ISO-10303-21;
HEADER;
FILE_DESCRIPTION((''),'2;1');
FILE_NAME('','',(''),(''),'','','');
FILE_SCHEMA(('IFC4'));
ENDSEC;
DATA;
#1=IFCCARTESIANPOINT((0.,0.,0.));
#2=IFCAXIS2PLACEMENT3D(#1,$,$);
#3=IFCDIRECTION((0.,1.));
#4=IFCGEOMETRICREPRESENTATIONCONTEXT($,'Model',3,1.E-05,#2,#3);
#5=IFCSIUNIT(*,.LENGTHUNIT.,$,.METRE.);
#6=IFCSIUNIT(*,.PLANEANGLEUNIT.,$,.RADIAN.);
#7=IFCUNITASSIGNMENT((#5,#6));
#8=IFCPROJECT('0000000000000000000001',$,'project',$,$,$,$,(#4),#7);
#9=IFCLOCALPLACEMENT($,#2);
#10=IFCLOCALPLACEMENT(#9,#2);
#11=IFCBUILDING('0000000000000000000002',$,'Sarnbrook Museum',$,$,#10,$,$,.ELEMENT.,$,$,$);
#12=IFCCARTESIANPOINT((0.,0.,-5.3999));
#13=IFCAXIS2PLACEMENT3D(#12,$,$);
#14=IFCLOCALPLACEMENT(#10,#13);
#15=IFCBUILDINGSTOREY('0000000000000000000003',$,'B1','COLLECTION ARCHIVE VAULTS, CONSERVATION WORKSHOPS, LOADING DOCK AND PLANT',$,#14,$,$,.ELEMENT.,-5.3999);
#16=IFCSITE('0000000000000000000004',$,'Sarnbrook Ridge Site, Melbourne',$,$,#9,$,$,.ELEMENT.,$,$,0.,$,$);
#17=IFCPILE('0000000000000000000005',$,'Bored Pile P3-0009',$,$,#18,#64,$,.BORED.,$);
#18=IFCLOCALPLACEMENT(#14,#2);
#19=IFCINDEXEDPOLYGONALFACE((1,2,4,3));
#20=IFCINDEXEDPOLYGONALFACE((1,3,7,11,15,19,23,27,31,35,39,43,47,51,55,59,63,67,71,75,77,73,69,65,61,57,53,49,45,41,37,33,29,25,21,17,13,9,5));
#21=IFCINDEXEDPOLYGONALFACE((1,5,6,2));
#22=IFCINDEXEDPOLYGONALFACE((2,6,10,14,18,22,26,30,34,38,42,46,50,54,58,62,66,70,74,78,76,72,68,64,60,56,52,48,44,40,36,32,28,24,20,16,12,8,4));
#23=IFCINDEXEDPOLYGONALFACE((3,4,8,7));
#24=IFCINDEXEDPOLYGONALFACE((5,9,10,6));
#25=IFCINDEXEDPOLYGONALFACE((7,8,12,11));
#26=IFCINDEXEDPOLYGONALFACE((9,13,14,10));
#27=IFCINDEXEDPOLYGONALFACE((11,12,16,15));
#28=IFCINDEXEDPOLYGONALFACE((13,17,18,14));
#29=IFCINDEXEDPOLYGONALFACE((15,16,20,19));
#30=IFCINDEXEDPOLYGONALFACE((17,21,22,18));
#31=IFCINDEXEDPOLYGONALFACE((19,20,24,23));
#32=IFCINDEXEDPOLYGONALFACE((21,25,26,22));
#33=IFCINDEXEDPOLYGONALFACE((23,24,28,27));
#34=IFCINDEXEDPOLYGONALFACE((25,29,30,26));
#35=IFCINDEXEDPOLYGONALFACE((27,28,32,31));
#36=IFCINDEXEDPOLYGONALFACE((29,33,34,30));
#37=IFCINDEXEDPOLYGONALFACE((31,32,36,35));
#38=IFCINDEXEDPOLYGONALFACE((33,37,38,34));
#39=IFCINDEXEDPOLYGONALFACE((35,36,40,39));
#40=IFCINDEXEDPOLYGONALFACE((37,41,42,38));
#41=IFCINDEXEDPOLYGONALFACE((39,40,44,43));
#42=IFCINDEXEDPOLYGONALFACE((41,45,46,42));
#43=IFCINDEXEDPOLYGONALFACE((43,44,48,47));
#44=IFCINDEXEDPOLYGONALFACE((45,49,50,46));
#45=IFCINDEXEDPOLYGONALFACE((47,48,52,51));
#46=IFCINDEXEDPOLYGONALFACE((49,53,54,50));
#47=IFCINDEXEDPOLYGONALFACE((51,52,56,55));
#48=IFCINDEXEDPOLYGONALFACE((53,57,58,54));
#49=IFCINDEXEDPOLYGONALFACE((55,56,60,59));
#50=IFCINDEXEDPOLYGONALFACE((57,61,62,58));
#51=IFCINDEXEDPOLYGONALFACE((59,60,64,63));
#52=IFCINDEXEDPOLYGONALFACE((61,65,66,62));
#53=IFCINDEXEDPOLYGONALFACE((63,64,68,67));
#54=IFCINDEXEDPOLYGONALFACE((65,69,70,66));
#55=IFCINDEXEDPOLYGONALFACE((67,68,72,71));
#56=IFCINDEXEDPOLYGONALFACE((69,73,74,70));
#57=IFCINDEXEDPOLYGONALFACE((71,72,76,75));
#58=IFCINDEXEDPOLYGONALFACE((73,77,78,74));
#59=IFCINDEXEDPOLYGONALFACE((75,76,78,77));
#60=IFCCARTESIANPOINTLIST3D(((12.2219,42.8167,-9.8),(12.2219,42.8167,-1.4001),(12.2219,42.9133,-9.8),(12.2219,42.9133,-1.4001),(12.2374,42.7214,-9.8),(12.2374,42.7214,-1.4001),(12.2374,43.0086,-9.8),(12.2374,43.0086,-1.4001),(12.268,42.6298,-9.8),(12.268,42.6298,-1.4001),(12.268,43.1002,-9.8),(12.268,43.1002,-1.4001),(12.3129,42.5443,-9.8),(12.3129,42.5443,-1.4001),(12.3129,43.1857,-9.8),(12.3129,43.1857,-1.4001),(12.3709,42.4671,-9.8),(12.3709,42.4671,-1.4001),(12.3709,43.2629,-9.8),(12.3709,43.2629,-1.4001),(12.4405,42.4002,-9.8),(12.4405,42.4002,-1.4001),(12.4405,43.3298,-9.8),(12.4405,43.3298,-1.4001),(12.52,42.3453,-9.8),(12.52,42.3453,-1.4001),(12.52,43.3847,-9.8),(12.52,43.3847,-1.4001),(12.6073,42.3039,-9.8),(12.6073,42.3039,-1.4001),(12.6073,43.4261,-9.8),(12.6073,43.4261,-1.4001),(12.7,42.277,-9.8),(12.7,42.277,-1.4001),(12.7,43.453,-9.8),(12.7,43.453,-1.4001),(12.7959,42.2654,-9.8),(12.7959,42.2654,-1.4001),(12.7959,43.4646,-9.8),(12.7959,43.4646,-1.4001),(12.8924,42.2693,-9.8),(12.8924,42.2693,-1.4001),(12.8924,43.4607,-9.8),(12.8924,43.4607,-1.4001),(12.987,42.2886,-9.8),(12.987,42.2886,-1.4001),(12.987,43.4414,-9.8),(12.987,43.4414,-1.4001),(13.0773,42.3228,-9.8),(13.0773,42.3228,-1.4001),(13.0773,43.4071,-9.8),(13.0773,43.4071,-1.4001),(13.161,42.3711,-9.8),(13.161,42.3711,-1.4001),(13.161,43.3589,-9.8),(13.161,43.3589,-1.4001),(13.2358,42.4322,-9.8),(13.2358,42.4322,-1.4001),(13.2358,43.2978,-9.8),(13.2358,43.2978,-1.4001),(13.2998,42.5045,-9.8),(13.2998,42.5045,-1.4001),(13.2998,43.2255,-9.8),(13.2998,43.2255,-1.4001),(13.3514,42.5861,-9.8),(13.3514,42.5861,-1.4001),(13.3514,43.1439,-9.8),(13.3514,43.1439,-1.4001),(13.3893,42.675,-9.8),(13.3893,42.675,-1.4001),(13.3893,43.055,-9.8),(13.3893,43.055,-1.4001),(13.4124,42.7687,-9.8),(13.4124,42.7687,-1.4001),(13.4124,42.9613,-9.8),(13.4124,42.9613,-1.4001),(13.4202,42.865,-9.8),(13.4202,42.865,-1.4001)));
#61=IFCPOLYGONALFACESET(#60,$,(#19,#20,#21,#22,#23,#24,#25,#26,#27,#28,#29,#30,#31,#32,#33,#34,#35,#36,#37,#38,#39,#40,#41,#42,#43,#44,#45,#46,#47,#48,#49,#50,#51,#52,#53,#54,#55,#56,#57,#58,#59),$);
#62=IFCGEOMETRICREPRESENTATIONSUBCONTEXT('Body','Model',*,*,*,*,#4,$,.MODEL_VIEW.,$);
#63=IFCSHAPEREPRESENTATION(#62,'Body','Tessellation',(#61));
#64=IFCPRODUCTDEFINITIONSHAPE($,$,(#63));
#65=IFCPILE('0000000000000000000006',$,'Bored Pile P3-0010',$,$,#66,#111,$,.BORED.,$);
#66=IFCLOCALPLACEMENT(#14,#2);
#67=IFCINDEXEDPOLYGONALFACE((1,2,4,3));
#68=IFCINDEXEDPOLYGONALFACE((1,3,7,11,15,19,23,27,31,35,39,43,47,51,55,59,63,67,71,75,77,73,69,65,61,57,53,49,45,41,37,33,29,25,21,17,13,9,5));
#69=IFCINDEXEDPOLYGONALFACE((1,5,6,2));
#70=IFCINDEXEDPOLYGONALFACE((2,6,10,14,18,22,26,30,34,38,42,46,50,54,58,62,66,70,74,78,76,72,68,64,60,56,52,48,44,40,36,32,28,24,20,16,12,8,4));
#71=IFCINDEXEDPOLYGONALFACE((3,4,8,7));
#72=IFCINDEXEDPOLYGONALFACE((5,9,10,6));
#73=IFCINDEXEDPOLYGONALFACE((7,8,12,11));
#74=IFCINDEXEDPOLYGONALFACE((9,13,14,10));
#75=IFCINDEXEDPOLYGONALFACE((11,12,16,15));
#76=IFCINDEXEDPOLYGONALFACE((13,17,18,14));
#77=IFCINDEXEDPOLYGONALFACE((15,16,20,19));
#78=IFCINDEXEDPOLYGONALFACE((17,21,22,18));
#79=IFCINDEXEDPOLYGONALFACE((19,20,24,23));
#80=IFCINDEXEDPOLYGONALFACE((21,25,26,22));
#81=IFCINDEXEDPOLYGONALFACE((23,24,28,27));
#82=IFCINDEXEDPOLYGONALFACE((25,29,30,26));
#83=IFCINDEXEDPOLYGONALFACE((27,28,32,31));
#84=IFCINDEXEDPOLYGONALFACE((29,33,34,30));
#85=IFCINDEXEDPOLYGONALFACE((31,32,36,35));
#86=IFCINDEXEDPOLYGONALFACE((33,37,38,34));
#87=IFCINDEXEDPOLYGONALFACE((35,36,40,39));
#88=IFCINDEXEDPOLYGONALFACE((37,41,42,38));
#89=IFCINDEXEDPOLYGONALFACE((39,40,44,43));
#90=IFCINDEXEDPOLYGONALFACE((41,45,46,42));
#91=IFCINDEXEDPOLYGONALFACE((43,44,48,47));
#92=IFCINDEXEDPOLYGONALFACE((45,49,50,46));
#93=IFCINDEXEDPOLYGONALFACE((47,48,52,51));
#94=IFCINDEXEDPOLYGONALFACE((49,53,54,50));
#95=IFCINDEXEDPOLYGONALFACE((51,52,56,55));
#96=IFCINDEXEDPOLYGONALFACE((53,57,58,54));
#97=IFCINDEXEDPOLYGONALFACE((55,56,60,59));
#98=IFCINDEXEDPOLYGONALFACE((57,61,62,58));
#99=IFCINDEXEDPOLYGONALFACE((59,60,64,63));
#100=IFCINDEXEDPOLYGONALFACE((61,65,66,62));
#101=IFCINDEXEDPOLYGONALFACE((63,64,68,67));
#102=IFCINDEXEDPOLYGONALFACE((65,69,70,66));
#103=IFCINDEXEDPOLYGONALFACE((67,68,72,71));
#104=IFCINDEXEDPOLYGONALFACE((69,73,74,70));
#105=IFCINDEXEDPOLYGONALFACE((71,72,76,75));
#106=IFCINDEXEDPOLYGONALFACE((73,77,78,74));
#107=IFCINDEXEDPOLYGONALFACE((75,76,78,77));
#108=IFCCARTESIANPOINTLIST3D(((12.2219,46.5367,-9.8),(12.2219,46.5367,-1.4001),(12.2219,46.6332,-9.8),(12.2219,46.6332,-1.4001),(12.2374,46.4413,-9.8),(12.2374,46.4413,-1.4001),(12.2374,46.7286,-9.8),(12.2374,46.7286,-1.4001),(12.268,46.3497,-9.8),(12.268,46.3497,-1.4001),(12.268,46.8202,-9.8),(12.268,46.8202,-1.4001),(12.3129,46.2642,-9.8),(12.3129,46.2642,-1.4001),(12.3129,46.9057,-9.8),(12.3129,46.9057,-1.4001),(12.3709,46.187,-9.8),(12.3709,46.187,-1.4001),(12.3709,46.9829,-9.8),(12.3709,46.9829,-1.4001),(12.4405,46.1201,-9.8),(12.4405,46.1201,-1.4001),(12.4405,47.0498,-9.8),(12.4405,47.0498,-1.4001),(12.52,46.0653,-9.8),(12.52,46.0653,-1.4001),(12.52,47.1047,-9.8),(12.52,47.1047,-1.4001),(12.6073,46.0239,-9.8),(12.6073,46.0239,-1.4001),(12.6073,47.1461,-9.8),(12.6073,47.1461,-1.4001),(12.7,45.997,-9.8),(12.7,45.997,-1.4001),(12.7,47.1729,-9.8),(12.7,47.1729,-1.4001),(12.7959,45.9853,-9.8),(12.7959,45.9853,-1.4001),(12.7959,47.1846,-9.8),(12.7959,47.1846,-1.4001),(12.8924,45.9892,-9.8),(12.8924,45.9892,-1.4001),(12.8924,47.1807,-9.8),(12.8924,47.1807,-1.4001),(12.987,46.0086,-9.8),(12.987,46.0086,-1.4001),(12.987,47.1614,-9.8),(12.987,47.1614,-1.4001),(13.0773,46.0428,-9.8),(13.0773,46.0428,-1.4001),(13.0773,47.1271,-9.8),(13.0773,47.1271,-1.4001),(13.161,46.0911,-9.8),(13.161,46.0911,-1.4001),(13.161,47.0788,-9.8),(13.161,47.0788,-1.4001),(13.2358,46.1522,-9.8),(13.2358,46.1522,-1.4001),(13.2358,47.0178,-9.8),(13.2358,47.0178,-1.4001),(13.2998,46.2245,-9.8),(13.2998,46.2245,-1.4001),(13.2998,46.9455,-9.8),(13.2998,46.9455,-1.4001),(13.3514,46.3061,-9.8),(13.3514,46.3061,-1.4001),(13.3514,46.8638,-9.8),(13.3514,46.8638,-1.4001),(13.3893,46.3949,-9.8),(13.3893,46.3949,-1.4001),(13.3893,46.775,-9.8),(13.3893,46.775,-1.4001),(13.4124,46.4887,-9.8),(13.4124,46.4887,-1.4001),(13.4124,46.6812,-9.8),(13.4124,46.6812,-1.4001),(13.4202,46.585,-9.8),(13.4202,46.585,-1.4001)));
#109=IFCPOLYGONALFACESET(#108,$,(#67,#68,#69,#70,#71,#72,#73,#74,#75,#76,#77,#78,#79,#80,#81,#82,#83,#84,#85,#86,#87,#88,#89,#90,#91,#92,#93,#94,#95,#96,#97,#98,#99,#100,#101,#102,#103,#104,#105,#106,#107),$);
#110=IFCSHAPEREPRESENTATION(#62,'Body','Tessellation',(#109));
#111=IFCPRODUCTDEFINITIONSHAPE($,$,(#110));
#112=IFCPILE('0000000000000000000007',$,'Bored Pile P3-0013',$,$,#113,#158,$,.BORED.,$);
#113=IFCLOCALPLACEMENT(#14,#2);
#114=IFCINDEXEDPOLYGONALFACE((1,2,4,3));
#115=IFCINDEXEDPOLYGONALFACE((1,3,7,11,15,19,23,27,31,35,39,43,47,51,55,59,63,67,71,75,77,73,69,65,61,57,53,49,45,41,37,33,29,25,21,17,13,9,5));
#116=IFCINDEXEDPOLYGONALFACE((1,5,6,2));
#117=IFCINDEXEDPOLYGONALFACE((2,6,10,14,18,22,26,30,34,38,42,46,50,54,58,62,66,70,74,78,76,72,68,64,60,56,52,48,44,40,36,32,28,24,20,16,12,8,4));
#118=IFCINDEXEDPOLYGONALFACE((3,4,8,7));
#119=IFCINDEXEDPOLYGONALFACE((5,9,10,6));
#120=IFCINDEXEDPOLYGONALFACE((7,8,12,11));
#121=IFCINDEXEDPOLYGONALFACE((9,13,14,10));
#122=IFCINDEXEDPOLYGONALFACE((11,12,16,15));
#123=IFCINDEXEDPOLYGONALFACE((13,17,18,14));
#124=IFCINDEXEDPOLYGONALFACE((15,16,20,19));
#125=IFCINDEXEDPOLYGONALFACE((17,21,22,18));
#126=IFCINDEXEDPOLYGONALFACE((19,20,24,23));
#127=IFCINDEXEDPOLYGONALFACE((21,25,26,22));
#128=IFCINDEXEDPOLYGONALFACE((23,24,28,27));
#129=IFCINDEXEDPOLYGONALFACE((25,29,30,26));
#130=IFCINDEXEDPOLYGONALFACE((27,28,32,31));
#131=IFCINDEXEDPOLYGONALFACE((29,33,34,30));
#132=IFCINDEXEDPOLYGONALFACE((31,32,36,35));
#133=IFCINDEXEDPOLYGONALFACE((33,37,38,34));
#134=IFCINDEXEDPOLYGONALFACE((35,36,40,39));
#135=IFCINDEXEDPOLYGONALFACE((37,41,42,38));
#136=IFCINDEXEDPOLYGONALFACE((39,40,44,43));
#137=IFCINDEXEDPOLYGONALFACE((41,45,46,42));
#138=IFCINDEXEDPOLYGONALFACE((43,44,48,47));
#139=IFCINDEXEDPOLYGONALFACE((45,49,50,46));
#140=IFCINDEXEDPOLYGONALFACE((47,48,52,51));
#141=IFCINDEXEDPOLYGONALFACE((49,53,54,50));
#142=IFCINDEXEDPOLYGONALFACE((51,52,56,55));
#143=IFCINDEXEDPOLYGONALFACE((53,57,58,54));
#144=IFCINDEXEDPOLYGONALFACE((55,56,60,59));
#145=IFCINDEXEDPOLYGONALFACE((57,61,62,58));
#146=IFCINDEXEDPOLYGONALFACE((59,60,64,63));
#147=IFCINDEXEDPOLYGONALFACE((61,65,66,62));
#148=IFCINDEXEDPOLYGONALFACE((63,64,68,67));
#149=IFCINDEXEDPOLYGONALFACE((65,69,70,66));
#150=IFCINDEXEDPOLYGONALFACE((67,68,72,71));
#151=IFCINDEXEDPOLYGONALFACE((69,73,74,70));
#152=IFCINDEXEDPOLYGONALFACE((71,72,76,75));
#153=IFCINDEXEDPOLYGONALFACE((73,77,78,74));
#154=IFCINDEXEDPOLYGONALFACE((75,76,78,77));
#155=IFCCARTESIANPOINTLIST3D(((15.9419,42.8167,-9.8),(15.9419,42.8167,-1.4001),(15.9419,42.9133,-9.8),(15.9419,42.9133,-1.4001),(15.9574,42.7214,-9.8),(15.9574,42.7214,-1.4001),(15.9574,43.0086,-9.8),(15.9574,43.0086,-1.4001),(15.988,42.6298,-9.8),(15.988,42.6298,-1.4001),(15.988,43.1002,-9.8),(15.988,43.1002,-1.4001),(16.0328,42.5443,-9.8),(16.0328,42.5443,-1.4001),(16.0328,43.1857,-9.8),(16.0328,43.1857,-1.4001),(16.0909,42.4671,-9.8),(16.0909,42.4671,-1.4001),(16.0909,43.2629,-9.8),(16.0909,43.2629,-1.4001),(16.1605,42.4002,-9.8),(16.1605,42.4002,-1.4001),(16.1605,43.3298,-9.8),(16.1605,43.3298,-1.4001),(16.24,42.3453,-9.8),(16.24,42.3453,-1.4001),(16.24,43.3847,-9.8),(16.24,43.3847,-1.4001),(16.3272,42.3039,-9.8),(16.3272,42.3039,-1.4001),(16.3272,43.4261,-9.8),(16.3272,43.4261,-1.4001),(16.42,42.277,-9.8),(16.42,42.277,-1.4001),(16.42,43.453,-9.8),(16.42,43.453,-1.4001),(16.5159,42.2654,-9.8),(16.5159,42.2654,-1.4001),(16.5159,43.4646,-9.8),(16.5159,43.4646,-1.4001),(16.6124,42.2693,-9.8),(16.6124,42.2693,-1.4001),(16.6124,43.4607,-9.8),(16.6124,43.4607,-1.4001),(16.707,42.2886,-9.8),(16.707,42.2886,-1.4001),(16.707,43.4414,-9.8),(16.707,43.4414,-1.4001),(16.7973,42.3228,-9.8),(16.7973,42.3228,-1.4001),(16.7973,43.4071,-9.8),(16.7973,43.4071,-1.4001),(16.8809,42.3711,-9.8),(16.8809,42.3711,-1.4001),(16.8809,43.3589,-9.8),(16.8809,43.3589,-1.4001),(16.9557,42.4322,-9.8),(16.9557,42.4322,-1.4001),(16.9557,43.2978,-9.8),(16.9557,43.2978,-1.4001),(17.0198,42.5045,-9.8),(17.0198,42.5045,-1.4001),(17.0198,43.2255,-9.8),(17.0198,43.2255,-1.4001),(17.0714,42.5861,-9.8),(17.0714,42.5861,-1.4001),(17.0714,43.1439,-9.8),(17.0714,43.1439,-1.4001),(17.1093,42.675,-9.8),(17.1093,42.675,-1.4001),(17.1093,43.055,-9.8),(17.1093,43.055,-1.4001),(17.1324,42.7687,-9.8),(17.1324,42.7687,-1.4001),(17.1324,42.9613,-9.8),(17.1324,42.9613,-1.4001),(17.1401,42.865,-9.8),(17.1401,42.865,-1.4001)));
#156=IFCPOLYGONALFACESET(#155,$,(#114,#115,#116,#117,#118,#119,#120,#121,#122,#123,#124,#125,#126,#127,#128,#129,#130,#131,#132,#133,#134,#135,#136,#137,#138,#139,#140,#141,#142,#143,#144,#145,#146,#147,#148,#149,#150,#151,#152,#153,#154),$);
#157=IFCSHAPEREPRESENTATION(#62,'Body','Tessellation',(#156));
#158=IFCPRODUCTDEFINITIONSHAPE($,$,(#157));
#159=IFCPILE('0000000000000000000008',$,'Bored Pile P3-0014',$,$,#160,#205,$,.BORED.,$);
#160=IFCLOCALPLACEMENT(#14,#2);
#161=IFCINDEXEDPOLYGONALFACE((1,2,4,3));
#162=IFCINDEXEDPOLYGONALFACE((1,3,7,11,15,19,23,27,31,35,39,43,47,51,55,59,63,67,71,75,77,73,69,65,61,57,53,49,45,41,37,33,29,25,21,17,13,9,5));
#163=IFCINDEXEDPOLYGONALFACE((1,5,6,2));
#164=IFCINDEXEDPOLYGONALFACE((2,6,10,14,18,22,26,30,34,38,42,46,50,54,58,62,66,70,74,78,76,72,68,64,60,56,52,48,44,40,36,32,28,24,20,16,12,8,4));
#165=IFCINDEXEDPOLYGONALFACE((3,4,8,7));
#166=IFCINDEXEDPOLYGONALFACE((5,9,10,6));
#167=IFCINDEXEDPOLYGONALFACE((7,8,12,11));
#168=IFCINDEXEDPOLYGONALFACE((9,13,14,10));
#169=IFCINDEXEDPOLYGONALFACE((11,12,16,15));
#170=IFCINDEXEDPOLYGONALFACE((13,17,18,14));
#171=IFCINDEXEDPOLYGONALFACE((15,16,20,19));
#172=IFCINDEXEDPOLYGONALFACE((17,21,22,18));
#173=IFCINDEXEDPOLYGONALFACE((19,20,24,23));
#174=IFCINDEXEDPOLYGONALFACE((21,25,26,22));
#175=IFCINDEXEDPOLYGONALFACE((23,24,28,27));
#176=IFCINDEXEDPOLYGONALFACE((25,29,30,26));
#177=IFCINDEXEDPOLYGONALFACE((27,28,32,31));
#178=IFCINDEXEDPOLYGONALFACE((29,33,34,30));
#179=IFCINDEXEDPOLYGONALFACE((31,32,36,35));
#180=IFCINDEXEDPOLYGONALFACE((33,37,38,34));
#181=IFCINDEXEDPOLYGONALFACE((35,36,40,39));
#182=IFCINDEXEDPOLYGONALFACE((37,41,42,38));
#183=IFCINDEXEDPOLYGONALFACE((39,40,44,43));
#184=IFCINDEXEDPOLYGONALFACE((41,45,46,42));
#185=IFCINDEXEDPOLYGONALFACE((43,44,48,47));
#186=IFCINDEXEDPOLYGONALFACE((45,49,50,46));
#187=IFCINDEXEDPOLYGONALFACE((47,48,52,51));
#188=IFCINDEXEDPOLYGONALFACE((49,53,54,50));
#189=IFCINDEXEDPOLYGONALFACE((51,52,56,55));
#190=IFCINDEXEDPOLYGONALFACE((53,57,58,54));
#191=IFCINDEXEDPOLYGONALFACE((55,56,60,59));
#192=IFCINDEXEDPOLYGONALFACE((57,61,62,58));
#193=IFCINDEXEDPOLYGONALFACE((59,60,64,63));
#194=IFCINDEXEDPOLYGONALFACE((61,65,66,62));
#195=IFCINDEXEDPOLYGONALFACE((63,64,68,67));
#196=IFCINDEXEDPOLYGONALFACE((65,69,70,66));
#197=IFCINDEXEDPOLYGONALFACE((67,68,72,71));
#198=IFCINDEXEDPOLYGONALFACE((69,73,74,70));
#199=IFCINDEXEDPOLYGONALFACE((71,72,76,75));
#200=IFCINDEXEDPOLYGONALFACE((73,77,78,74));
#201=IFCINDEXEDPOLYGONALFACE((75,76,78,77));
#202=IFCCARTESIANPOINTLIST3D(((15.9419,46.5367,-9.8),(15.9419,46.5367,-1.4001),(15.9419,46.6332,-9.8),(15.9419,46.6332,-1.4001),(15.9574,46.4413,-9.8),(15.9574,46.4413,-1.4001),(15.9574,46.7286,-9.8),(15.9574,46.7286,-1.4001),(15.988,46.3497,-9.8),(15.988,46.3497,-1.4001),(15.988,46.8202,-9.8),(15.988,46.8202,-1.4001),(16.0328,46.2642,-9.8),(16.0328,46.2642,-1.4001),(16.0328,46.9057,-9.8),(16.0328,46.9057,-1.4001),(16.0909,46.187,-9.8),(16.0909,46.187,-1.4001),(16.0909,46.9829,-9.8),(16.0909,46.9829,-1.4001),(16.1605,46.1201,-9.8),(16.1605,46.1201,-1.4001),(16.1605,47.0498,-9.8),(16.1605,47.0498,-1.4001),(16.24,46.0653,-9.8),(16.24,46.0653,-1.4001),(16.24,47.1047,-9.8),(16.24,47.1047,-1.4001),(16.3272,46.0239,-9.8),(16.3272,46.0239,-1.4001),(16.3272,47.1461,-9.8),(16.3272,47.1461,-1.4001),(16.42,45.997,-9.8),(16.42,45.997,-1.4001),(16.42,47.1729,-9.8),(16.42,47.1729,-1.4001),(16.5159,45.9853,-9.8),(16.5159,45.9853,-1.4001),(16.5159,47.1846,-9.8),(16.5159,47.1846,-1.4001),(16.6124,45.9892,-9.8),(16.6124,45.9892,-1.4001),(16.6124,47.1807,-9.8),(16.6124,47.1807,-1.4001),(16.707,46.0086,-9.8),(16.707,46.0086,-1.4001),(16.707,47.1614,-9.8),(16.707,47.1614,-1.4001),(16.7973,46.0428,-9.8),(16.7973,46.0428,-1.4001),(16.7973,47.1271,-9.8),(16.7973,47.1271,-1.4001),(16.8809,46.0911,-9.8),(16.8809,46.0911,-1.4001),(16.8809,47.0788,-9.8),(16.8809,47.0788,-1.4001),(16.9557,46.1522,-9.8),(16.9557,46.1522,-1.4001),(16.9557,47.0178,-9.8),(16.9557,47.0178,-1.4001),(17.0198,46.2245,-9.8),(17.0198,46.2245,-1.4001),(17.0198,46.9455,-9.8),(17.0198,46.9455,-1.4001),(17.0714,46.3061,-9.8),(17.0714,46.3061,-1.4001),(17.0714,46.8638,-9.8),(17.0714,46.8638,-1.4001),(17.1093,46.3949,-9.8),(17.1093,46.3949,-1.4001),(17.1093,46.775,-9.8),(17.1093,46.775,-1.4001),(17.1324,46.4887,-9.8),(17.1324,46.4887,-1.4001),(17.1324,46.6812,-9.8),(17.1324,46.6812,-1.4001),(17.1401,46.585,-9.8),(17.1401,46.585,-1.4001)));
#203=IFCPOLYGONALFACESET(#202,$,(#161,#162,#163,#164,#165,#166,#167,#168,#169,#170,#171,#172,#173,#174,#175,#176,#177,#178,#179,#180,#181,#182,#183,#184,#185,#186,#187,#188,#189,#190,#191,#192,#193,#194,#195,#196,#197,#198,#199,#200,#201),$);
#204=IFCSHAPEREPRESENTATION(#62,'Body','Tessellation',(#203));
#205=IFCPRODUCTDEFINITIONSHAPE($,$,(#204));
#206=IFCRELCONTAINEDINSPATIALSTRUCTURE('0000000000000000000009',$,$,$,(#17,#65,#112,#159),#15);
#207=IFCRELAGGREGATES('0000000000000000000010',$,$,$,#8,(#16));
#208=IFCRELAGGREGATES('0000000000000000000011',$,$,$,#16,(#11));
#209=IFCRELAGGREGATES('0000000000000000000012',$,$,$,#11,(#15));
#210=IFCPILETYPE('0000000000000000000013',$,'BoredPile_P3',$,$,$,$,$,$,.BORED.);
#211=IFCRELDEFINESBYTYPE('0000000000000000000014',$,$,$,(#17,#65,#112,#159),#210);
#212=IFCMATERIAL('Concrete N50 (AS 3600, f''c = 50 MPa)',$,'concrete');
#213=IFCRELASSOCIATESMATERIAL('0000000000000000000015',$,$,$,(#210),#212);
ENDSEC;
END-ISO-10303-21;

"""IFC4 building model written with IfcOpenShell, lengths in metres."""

from ifc_helpers import new_model, si_unit, direction, frame, origin, origin_2d, place, context, subcontext, project, spatial, circle, extrude, material, material_profile, profile_set, type_object, element, save


model = new_model("IFC4")

# Units and contexts
model_context = context("Model", 3, precision=1e-05, world=origin(), true_north=direction((0.0, 1.0)))
body_context = subcontext(model_context, "Body", "Model", "MODEL_VIEW")
ifc_project = project(units=[si_unit("LENGTHUNIT", "METRE"), si_unit("PLANEANGLEUNIT", "RADIAN")], contexts=[model_context])

# Site, building, storey
site_placement = place(None, origin())
site = spatial("IfcSite", under=ifc_project, at=site_placement, Name="Sarnbrook Ridge Site, Melbourne", CompositionType="ELEMENT", RefElevation=0.0)
building_placement = place(site_placement, origin())
building = spatial("IfcBuilding", under=site, at=building_placement, Name="Sarnbrook Museum", CompositionType="ELEMENT")
storey_placement = place(building_placement, frame((0.0, 0.0, -5.3999)))
storey = spatial("IfcBuildingStorey", under=building, at=storey_placement, Name="B1", Description="COLLECTION ARCHIVE VAULTS, CONSERVATION WORKSHOPS, LOADING DOCK AND PLANT", CompositionType="ELEMENT", Elevation=-5.3999)

# Piles
ifc_material_1 = material(Name="Concrete N50 (AS 3600, f'c = 50 MPa)", Category="concrete")
ifc_material_profile_1 = material_profile(ifc_material_1, circle(Radius=0.6001, at=origin_2d()), Name="BORED PILE D1200")
ifc_profile_set_1 = profile_set([ifc_material_profile_1], Name="Concrete N50 (AS 3600, f'c = 50 MPa)")
pile_type = type_object("IfcPileType", Name="BoredPile_P3", PredefinedType="BORED", material=ifc_profile_set_1)
for number, where, z_axis, x_axis, name in (
    (1, (12.8201, 42.865, -1.4001), (0.0, 0.0, -1.0), (1.0, 0.0, 0.0), "Bored Pile P3-0009"),
    (2, (12.8201, 46.585, -1.4001), (0.0, 0.0, -1.0), (1.0, 0.0, 0.0), "Bored Pile P3-0010"),
    (3, (16.54, 42.865, -1.4001), (0.0, 0.0, -1.0), (1.0, 0.0, 0.0), "Bored Pile P3-0013"),
    (4, (16.54, 46.585, -1.4001), (0.0, 0.0, -1.0), (1.0, 0.0, 0.0), "Bored Pile P3-0014"),
):
    element("IfcPile", number, at=place(storey_placement, frame(where, z_axis=z_axis, x_axis=x_axis)), inside=storey, type_object=pile_type, Name=name, PredefinedType="BORED", context=body_context, shape_type="SweptSolid", body=[
        extrude(circle(Radius=0.6001, at=origin_2d()), origin(), (0.0, 0.0, 1.0), 8.3999),
    ])

save(model, "model.ifc")
